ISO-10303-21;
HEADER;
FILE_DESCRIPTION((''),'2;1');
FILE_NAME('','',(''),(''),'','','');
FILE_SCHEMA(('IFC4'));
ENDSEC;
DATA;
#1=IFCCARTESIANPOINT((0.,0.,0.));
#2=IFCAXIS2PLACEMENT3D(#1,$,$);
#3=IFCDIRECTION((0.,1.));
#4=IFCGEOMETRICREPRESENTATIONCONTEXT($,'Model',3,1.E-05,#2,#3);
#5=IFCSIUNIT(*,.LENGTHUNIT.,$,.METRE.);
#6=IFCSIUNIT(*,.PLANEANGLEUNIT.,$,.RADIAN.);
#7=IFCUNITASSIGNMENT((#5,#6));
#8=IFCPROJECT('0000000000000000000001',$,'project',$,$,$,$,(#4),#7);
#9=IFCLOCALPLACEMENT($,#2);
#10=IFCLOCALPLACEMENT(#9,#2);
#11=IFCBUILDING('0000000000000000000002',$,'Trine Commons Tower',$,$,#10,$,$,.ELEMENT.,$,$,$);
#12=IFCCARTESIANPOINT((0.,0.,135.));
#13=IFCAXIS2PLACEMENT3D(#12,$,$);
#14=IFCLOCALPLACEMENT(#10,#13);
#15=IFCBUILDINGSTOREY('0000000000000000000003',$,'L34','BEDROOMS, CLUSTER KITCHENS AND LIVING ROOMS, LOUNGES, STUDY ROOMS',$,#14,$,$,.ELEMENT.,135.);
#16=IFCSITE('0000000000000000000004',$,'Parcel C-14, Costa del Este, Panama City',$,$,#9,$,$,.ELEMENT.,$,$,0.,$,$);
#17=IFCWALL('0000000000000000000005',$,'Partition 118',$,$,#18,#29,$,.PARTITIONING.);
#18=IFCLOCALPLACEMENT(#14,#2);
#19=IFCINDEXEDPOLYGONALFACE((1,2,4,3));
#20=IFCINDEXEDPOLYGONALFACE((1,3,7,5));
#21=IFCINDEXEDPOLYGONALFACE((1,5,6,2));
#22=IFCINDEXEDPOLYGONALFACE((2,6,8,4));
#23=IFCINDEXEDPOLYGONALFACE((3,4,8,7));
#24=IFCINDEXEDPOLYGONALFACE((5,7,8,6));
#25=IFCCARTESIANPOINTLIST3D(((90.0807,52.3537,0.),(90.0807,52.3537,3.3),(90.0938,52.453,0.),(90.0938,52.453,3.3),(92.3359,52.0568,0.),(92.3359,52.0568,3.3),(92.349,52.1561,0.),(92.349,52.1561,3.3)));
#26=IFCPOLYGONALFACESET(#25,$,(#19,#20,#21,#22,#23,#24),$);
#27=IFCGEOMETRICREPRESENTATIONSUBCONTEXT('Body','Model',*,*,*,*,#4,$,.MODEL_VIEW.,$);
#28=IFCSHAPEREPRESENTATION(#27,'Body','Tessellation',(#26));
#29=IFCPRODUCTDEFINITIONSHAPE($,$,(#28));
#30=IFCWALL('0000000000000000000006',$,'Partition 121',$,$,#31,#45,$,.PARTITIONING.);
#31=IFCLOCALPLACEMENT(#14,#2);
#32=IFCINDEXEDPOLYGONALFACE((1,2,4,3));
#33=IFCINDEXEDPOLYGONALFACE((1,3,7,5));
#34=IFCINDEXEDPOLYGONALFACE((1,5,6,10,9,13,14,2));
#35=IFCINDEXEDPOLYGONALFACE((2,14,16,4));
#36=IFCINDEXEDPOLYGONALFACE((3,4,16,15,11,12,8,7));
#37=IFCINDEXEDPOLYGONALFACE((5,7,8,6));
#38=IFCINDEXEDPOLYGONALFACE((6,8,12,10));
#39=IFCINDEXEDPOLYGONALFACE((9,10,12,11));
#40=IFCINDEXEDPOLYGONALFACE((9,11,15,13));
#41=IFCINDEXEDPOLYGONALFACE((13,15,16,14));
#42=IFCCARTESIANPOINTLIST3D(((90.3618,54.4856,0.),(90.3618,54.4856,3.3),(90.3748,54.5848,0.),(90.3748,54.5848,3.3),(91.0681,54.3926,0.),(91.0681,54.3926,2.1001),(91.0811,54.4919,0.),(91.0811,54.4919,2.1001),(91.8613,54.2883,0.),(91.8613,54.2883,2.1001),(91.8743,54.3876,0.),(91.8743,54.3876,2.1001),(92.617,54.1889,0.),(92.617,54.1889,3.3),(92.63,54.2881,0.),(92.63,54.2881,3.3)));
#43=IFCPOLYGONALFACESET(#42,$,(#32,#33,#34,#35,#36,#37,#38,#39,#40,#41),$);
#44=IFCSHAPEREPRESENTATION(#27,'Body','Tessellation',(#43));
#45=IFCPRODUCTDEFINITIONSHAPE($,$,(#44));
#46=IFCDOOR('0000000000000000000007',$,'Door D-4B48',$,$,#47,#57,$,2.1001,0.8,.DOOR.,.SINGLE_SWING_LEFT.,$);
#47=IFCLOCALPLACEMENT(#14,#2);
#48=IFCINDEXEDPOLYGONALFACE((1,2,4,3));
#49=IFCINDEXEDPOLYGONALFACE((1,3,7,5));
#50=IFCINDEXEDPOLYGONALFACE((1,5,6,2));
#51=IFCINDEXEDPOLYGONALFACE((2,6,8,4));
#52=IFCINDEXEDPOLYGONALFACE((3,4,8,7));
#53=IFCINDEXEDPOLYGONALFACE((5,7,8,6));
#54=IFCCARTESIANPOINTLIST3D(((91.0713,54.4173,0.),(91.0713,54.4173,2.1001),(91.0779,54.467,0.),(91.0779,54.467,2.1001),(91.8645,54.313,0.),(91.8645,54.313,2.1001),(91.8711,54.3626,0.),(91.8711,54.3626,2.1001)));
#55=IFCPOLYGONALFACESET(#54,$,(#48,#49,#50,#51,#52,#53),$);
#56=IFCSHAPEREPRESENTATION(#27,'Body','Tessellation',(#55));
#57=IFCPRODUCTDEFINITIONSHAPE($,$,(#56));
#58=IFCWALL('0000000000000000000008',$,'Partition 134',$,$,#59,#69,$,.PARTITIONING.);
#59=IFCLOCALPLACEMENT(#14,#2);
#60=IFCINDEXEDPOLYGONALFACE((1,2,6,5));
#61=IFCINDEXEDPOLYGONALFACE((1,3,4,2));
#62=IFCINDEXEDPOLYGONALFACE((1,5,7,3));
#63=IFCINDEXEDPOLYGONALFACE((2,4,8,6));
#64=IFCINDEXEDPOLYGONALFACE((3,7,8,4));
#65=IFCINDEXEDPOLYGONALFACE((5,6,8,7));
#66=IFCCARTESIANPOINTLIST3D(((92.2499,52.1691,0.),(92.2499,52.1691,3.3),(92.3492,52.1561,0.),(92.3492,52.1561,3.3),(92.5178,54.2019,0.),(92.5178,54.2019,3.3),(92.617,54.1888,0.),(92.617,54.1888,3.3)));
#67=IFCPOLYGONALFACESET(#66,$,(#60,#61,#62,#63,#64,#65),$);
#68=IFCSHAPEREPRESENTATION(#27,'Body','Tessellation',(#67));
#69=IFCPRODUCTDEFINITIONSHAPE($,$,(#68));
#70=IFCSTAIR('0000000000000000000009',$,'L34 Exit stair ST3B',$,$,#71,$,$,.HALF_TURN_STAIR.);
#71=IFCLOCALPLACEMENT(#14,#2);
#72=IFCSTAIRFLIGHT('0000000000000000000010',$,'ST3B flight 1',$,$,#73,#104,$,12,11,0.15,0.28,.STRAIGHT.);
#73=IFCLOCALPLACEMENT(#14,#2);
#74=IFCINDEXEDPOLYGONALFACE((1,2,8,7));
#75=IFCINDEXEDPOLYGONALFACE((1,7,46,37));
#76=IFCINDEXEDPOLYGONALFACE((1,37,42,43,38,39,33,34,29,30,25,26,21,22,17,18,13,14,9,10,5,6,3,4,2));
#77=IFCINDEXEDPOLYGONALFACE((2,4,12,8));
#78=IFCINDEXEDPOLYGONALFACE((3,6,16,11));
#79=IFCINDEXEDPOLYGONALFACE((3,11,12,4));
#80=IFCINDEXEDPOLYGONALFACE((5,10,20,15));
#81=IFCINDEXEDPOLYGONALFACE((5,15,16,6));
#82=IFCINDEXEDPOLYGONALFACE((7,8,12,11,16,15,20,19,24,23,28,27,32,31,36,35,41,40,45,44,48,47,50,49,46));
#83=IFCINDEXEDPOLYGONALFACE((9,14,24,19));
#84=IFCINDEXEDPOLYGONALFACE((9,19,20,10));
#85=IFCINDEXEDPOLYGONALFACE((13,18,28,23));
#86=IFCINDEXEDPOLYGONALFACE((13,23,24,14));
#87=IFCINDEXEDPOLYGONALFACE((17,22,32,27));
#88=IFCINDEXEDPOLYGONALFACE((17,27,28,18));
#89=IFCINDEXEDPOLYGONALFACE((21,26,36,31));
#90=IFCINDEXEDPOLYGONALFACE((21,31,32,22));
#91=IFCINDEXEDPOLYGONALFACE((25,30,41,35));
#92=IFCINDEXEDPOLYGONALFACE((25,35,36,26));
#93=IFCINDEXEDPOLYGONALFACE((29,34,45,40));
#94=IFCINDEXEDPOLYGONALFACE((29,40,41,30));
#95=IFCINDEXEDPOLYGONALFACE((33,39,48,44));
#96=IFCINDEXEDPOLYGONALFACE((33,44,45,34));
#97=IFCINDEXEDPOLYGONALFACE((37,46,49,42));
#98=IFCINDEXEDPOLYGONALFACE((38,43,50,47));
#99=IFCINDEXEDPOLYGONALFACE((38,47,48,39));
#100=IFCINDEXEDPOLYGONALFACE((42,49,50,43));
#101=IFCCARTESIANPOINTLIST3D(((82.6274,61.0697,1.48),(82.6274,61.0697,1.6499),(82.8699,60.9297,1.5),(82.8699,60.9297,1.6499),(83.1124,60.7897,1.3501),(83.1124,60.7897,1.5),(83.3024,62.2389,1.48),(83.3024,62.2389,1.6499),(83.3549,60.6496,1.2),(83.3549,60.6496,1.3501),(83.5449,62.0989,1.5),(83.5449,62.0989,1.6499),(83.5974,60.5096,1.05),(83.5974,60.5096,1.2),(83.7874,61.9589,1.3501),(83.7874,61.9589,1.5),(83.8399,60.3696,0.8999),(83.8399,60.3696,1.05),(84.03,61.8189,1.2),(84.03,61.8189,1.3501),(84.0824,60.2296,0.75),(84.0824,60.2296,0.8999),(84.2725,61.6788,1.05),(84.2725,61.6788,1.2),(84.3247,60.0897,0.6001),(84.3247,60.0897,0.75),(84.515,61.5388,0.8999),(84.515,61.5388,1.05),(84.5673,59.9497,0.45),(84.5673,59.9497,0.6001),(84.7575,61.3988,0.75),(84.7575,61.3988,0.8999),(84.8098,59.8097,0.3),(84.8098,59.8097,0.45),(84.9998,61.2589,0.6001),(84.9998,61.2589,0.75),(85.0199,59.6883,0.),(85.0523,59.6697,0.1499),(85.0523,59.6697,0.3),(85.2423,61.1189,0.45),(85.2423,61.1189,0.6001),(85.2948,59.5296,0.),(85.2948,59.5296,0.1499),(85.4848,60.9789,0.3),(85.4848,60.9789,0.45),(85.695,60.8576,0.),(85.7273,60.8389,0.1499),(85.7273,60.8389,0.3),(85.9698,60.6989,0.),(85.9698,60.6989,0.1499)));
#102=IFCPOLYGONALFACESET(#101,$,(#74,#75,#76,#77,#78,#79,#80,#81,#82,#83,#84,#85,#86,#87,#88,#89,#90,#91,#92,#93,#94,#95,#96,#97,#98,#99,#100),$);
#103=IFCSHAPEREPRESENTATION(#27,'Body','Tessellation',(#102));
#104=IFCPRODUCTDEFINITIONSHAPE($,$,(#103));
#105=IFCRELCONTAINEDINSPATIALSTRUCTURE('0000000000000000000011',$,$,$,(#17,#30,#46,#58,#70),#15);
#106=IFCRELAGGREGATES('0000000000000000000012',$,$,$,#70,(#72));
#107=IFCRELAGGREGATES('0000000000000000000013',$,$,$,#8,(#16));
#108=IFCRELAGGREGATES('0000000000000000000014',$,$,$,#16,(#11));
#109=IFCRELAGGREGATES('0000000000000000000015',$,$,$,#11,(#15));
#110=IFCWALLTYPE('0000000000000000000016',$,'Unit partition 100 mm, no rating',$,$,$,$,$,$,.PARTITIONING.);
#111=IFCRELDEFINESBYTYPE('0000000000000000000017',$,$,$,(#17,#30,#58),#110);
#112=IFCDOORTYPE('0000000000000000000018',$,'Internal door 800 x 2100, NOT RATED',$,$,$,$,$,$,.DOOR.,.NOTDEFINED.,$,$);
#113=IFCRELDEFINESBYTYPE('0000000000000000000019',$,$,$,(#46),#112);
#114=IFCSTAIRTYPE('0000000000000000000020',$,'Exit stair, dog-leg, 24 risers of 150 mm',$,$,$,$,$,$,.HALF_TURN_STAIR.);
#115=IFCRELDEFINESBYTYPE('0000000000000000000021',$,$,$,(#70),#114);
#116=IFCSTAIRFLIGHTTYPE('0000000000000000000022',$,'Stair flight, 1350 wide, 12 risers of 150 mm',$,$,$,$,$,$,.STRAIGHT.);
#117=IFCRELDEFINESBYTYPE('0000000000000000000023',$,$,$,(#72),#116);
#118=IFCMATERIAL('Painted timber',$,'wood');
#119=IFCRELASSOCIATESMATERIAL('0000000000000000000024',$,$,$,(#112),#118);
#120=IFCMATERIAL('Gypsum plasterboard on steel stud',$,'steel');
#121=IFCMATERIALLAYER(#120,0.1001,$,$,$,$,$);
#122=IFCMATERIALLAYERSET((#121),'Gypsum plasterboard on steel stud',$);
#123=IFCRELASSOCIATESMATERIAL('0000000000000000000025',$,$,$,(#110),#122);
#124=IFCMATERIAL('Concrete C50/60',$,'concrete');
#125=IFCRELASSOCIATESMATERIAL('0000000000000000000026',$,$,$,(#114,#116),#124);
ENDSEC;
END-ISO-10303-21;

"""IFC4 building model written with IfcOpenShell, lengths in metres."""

from ifc_helpers import new_model, si_unit, direction, frame, frame_2d, origin, place, context, subcontext, project, spatial, polyline, rectangle, outline, extrude, material, layer, layer_set, type_object, element, fill, aggregate, save


model = new_model("IFC4")

# Units and contexts
model_context = context("Model", 3, precision=1e-05, world=origin(), true_north=direction((0.0, 1.0)))
body_context = subcontext(model_context, "Body", "Model", "MODEL_VIEW")
ifc_project = project(units=[si_unit("LENGTHUNIT", "METRE"), si_unit("PLANEANGLEUNIT", "RADIAN")], contexts=[model_context])

# Site, building, storey
site_placement = place(None, origin())
site = spatial("IfcSite", under=ifc_project, at=site_placement, Name="Parcel C-14, Costa del Este, Panama City", CompositionType="ELEMENT", RefElevation=0.0)
building_placement = place(site_placement, origin())
building = spatial("IfcBuilding", under=site, at=building_placement, Name="Trine Commons Tower", CompositionType="ELEMENT")
storey_placement = place(building_placement, frame((0.0, 0.0, 135.0)))
storey = spatial("IfcBuildingStorey", under=building, at=storey_placement, Name="L34", Description="BEDROOMS, CLUSTER KITCHENS AND LIVING ROOMS, LOUNGES, STUDY ROOMS", CompositionType="ELEMENT", Elevation=135.0)

# Shared definitions
ifc_material_1 = material(Name="Concrete C50/60", Category="concrete")

# Shared definitions
ifc_material_2 = material(Name="Gypsum plasterboard on steel stud", Category="steel")

# Shared definitions
ifc_material_3 = material(Name="Painted timber", Category="wood")
door_type_1 = type_object("IfcDoorType", Name="Internal door 800 x 2100, NOT RATED", OperationType="NOTDEFINED", PredefinedType="DOOR", material=ifc_material_3)

# Wall
ifc_layer_1 = layer(ifc_material_2, 0.1001)
ifc_layer_set_1 = layer_set([ifc_layer_1], Name="Gypsum plasterboard on steel stud")
wall_type_1 = type_object("IfcWallType", Name="Unit partition 100 mm, no rating", PredefinedType="PARTITIONING", material=ifc_layer_set_1)
wall_1_placement = place(storey_placement, frame((90.0874, 52.4033, 0.0), z_axis=(0.0, 0.0, 1.0), x_axis=(0.991446, -0.130518, 0.0)))
element("IfcWall", 1, at=wall_1_placement, inside=storey, type_object=wall_type_1, Name="Partition 118", PredefinedType="PARTITIONING", context=body_context, shape_type="SweptSolid", body=[
    extrude(rectangle(XDim=2.2747, YDim=0.1001, at=frame_2d((1.1372, 0.0))), origin(), (0.0, 0.0, 1.0), 3.3),
])

# Wall, opening, door
wall_2_placement = place(storey_placement, frame((90.3684, 54.5352, 0.0), z_axis=(0.0, 0.0, 1.0), x_axis=(0.99146, -0.130413, 0.0)))
wall_2 = element("IfcWall", 2, at=wall_2_placement, inside=storey, type_object=wall_type_1, Name="Partition 121", PredefinedType="PARTITIONING", context=body_context, shape_type="SweptSolid", body=[
    extrude(rectangle(XDim=2.2747, YDim=0.1001, at=frame_2d((1.1372, 0.0))), origin(), (0.0, 0.0, 1.0), 3.3),
])
opening_1_placement = place(wall_2_placement, frame((0.7124, 0.0, 0.0)))
opening_1 = element("IfcOpeningElement", 3, at=opening_1_placement, cuts=wall_2, PredefinedType="OPENING", context=body_context, shape_type="SweptSolid", body=[
    extrude(rectangle(XDim=0.8, YDim=2.1001, at=frame_2d((0.3999, 1.05))), frame((0.0, 0.0601, 0.0), z_axis=(0.0, -1.0, 0.0), x_axis=(1.0, 0.0, 0.0)), (0.0, 0.0, 1.0), 0.1201),
])
door_1_placement = place(opening_1_placement, origin())
door_1 = element("IfcDoor", 4, at=door_1_placement, inside=storey, type_object=door_type_1, Name="Door D-4B48", OperationType="SINGLE_SWING_LEFT", OverallHeight=2.1001, OverallWidth=0.8, PredefinedType="DOOR", context=body_context, shape_type="SweptSolid", body=[
    extrude(rectangle(XDim=0.8, YDim=2.1001, at=frame_2d((0.3999, 1.05))), frame((0.0, 0.0249, 0.0), z_axis=(0.0, -1.0, 0.0), x_axis=(1.0, 0.0, 0.0)), (0.0, 0.0, 1.0), 0.05),
])
fill(opening_1, door_1)

# Wall
wall_3_placement = place(storey_placement, frame((92.2996, 52.1626, 0.0), z_axis=(0.0, 0.0, 1.0), x_axis=(0.130627, 0.991432, 0.0)))
element("IfcWall", 5, at=wall_3_placement, inside=storey, type_object=wall_type_1, Name="Partition 134", PredefinedType="PARTITIONING", context=body_context, shape_type="SweptSolid", body=[
    extrude(rectangle(XDim=2.0503, YDim=0.1001, at=frame_2d((1.0251, 0.0))), origin(), (0.0, 0.0, 1.0), 3.3),
])

# Stair, stair flight
stair_type = type_object("IfcStairType", Name="Exit stair, dog-leg, 24 risers of 150 mm", PredefinedType="HALF_TURN_STAIR", material=ifc_material_1)
stair_placement = place(storey_placement, origin())
stair = element("IfcStair", 6, at=stair_placement, inside=storey, type_object=stair_type, Name="L34 Exit stair ST3B", PredefinedType="HALF_TURN_STAIR")
stair_flight_type = type_object("IfcStairFlightType", Name="Stair flight, 1350 wide, 12 risers of 150 mm", PredefinedType="STRAIGHT", material=ifc_material_1)
stair_flight_placement = place(storey_placement, frame((85.6323, 60.1143, 0.0), z_axis=(0.0, 0.0, 1.0), x_axis=(-0.866025, 0.5, 0.0)))
stair_flight = element("IfcStairFlight", 7, at=stair_flight_placement, type_object=stair_flight_type, Name="ST3B flight 1", NumberOfRisers=12, NumberOfTreads=11, PredefinedType="STRAIGHT", RiserHeight=0.15, TreadLength=0.28, context=body_context, shape_type="SweptSolid", body=[
    extrude(outline(polyline([(0.0, 0.0), (0.0, 0.1499), (0.28, 0.1499), (0.28, 0.3), (0.5601, 0.3), (0.5601, 0.45), (0.8401, 0.45), (0.8401, 0.6001), (1.1201, 0.6001), (1.1201, 0.75), (1.3999, 0.75), (1.3999, 0.8999), (1.6799, 0.8999), (1.6799, 1.05), (1.96, 1.05), (1.96, 1.2), (2.24, 1.2), (2.24, 1.3501), (2.52, 1.3501), (2.52, 1.5), (2.8, 1.5), (2.8, 1.6499), (3.0801, 1.6499), (3.0801, 1.8), (3.0801, 1.48), (0.3174, 0.0), (0.0, 0.0)])), frame((0.0, 0.675, 0.0), z_axis=(0.0, -1.0, 0.0), x_axis=(1.0, 0.0, 0.0)), (0.0, 0.0, 1.0), 1.3501),
])
aggregate(stair, [stair_flight])

save(model, "model.ifc")
